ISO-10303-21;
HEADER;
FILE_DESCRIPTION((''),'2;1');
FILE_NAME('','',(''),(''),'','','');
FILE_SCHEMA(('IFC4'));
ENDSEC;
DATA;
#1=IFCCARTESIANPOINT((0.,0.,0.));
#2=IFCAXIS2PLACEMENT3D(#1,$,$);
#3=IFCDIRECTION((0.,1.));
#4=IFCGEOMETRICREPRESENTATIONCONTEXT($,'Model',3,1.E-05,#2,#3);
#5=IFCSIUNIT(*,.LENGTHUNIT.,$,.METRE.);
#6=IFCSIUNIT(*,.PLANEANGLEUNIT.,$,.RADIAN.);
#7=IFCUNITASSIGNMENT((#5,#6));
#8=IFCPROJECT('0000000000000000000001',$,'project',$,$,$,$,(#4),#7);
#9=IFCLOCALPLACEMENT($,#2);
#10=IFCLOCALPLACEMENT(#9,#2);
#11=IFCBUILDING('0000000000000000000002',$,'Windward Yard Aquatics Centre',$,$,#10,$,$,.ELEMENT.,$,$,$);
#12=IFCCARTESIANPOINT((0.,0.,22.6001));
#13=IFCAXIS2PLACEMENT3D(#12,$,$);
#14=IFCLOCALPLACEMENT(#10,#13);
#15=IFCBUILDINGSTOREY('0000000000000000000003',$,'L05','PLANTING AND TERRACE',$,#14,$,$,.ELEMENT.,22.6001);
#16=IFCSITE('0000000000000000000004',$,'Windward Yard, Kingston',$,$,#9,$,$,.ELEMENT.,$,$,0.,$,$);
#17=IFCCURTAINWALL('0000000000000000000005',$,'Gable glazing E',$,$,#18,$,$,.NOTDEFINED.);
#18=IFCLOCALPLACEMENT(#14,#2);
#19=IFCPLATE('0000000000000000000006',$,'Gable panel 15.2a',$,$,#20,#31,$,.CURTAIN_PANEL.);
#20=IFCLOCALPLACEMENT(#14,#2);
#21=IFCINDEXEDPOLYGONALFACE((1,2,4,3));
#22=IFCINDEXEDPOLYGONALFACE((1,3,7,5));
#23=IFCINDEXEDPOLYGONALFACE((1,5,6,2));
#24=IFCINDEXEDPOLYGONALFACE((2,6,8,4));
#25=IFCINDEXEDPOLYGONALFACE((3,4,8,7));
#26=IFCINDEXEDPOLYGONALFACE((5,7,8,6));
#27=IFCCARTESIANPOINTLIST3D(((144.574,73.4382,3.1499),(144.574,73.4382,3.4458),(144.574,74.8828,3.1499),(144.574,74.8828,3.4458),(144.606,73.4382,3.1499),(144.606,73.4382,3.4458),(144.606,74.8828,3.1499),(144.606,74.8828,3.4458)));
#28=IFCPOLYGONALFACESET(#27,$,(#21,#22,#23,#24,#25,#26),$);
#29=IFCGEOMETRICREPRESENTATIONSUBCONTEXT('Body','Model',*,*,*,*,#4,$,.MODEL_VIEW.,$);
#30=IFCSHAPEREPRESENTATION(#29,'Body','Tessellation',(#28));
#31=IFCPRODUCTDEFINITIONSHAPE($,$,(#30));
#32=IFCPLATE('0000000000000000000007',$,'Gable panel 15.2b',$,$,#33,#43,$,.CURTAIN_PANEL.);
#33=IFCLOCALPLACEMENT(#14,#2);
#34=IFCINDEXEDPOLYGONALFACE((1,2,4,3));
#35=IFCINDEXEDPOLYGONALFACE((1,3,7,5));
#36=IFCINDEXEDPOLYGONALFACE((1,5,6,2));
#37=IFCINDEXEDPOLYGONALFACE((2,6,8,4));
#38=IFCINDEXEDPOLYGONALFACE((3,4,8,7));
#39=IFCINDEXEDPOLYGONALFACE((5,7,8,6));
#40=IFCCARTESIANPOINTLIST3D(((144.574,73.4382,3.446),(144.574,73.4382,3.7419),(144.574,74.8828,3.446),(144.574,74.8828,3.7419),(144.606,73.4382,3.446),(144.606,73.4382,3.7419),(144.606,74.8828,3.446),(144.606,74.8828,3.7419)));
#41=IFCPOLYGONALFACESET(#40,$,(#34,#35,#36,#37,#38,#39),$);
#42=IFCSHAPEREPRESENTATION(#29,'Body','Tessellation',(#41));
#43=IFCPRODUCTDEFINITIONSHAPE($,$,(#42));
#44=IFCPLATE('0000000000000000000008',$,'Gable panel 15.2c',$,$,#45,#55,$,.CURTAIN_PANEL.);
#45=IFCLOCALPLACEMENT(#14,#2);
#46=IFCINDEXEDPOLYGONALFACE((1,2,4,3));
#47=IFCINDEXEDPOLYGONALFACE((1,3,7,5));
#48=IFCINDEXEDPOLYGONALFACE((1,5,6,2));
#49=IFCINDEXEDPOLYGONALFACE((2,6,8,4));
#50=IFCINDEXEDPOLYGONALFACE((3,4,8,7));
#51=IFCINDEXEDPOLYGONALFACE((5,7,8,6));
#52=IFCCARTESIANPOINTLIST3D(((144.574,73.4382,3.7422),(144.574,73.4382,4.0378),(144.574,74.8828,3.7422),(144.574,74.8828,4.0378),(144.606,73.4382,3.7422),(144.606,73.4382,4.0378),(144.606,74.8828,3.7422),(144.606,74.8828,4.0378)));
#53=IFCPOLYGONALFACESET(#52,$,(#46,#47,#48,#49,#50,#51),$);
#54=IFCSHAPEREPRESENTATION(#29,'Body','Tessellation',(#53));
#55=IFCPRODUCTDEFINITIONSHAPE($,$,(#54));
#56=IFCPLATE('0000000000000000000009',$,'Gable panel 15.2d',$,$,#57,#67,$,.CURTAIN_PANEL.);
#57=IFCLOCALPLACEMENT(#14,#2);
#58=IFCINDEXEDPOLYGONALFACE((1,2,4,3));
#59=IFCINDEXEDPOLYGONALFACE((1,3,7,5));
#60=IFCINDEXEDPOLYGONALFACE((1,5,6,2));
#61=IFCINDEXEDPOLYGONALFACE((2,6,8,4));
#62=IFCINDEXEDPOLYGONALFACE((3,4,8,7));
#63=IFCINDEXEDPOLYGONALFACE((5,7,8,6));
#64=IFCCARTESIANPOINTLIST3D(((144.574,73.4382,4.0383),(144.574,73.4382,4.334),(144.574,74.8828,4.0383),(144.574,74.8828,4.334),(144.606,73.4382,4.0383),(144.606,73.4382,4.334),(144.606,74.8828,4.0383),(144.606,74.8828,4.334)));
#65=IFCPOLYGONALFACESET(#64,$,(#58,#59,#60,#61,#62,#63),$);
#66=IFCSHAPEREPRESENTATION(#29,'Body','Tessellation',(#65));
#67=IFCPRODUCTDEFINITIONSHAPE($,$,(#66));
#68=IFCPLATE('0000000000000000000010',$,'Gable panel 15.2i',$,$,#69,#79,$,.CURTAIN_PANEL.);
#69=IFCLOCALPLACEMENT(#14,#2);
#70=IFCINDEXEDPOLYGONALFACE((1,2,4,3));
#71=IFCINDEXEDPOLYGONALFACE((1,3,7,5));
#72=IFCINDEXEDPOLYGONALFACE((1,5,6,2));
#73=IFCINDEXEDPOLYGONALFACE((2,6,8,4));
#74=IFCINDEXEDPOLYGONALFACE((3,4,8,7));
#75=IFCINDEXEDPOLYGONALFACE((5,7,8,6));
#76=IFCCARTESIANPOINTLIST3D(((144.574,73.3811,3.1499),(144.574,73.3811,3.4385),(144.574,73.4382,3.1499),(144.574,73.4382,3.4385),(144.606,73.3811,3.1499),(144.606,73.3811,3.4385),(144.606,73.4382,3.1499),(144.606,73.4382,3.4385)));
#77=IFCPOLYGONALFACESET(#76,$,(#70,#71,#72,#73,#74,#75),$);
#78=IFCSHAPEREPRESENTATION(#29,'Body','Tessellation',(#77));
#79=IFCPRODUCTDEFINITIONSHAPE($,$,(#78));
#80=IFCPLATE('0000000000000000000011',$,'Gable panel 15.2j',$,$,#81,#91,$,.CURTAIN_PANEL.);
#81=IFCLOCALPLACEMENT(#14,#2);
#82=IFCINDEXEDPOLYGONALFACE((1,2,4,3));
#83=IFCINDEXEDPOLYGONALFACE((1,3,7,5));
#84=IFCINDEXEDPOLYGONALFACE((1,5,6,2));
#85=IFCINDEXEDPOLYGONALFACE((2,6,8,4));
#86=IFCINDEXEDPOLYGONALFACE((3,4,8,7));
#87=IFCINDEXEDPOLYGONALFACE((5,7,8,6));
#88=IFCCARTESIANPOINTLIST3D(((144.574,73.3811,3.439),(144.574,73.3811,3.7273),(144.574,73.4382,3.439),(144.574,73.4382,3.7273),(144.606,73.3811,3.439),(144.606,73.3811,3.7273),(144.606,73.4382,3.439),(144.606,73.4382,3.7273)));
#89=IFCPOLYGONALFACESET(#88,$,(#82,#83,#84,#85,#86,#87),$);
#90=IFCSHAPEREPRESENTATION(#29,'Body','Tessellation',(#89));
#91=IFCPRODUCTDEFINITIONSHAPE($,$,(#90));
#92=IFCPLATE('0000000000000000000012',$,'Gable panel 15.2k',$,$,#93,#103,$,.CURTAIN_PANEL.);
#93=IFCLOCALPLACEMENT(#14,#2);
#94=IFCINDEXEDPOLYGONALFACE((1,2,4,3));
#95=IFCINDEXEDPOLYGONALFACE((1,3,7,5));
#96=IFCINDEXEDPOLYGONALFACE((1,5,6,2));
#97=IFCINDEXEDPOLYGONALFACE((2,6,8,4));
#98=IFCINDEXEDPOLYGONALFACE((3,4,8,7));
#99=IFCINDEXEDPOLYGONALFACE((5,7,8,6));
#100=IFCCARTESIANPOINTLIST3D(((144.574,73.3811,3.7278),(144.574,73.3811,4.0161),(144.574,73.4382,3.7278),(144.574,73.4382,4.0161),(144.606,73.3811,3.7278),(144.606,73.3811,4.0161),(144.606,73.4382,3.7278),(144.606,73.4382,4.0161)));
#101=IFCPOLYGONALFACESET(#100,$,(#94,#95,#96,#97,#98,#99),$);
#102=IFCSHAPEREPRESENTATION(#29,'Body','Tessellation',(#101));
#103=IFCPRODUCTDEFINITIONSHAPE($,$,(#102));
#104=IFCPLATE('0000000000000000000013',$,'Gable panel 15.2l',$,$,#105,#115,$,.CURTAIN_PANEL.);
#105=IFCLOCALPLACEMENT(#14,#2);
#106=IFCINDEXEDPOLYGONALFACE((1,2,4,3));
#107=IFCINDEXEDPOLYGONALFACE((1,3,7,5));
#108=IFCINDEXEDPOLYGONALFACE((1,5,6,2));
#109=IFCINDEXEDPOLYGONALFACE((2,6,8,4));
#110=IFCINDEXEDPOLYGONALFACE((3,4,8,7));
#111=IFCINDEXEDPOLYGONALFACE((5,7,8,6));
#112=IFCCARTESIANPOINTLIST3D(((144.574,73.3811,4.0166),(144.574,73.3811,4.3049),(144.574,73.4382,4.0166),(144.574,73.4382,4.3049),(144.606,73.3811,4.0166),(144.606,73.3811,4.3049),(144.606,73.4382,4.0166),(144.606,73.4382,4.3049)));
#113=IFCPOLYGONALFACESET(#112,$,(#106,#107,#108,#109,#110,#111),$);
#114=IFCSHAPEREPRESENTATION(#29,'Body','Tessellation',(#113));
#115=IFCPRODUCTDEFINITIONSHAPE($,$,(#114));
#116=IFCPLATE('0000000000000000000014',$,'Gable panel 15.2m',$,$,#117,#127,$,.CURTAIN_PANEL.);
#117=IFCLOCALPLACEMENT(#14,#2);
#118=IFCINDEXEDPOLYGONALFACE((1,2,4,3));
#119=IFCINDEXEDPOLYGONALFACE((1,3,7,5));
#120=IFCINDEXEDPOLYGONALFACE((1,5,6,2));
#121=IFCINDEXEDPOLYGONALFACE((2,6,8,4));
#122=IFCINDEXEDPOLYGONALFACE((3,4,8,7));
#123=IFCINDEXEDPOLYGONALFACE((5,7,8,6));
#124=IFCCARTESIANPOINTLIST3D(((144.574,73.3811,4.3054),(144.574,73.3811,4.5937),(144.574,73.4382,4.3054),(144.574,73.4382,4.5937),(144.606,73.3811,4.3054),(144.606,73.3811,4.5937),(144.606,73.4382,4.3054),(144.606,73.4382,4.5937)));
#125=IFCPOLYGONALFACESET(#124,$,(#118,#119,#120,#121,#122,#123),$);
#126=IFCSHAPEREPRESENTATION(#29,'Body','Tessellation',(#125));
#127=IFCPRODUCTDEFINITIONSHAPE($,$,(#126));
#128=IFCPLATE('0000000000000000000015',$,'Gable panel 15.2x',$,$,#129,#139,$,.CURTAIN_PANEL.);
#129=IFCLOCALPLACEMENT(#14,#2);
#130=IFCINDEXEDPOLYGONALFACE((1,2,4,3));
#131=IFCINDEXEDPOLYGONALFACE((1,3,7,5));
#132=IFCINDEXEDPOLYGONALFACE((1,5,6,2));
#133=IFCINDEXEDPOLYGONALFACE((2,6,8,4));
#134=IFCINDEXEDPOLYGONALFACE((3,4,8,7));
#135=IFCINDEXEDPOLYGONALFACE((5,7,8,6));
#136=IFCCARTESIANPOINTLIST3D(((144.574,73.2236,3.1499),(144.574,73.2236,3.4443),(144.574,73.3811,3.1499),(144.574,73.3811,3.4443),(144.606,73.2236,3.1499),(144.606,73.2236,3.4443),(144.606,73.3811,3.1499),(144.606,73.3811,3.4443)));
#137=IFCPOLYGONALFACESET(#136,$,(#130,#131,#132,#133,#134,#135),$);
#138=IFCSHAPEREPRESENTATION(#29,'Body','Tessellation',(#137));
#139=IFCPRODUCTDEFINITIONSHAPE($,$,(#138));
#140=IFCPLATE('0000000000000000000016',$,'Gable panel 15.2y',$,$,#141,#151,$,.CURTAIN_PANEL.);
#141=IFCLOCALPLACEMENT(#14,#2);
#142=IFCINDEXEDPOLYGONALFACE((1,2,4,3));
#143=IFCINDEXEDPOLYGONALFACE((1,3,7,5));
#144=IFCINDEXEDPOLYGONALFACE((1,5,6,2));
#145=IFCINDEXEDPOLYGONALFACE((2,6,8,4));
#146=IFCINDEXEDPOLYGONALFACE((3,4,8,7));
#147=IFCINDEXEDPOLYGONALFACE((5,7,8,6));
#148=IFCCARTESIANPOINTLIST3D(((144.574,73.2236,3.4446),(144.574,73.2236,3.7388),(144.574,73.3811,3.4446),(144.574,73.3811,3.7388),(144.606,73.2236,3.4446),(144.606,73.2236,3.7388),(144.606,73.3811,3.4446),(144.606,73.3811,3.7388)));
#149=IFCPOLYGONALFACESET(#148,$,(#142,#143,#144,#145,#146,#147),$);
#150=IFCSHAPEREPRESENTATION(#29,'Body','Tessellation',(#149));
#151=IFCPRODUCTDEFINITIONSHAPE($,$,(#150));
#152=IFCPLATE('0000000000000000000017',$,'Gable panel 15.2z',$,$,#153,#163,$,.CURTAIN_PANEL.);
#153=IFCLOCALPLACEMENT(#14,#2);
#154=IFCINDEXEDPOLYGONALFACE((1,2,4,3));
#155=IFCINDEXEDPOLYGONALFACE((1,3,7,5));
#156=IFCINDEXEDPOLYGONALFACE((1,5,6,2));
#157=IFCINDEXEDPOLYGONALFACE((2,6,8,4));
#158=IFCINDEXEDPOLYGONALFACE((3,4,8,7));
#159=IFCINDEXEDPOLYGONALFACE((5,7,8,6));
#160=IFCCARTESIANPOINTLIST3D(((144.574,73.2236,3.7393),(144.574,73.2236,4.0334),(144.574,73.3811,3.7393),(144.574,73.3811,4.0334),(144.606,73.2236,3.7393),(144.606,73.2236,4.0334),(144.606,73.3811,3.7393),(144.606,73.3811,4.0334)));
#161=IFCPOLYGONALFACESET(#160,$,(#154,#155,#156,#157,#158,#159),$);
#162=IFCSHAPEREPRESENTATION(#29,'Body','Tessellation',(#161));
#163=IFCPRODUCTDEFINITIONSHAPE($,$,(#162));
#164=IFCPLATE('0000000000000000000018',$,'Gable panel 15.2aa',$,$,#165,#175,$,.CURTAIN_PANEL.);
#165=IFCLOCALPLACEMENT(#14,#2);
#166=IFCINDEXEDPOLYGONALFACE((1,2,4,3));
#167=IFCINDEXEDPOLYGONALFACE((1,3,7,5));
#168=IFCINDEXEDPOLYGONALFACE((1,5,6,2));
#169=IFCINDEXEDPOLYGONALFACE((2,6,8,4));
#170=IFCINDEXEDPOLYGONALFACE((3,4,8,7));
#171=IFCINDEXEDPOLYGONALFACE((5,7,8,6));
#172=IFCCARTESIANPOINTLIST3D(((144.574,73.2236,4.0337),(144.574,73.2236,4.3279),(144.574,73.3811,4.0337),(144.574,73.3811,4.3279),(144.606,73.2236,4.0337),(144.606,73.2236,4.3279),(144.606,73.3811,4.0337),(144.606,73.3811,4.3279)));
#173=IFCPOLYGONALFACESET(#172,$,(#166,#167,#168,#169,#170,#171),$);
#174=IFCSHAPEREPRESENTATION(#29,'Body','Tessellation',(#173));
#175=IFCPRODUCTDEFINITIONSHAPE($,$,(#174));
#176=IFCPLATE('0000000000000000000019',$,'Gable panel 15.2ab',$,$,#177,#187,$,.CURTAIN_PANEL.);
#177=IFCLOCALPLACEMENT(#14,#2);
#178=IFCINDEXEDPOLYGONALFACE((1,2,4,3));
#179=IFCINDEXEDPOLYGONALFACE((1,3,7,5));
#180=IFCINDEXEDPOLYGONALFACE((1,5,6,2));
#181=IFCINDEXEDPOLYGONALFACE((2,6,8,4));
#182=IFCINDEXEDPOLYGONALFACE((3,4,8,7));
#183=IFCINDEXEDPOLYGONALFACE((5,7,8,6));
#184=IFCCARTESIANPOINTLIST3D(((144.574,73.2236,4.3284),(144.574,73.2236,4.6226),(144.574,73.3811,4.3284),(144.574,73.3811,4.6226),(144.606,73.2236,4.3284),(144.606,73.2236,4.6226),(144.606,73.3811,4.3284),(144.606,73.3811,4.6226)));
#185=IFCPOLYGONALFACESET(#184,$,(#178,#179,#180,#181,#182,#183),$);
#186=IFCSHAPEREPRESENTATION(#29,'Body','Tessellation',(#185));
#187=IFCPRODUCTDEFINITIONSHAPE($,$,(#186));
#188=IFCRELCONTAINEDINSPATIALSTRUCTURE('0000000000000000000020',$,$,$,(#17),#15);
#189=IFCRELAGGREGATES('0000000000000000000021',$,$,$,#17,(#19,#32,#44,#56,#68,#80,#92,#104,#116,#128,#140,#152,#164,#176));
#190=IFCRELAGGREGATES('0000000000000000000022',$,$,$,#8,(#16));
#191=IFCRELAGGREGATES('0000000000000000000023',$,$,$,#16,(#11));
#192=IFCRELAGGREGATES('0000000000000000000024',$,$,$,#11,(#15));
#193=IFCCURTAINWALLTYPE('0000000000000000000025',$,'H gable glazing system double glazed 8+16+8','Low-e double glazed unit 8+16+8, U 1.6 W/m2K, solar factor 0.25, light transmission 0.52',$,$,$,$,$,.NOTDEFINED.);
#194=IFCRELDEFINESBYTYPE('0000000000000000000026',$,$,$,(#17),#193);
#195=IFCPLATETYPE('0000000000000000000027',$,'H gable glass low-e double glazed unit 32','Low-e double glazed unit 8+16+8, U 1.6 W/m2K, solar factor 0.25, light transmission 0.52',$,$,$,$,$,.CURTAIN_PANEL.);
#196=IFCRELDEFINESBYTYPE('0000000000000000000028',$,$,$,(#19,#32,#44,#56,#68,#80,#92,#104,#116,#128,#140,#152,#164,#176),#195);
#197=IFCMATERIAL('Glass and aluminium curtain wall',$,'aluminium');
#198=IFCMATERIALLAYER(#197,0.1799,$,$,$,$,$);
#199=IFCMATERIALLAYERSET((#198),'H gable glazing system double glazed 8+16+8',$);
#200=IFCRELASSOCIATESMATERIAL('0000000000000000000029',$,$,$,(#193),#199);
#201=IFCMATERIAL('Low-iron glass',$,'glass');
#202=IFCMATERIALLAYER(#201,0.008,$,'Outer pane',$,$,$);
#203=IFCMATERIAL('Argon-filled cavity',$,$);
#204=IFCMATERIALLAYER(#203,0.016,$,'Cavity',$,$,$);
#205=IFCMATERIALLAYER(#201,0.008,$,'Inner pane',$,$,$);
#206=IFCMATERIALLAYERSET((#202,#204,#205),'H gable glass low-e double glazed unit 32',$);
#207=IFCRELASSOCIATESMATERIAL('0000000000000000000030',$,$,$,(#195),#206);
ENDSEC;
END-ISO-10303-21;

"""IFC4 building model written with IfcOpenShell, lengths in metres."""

from ifc_helpers import new_model, si_unit, direction, frame, origin, place, context, subcontext, project, spatial, polyline, outline, extrude, material, layer, layer_set, type_object, element, aggregate, save


model = new_model("IFC4")

# Units and contexts
model_context = context("Model", 3, precision=1e-05, world=origin(), true_north=direction((0.0, 1.0)))
body_context = subcontext(model_context, "Body", "Model", "MODEL_VIEW")
ifc_project = project(units=[si_unit("LENGTHUNIT", "METRE"), si_unit("PLANEANGLEUNIT", "RADIAN")], contexts=[model_context])

# Site, building, storey
site_placement = place(None, origin())
site = spatial("IfcSite", under=ifc_project, at=site_placement, Name="Windward Yard, Kingston", CompositionType="ELEMENT", RefElevation=0.0)
building_placement = place(site_placement, origin())
building = spatial("IfcBuilding", under=site, at=building_placement, Name="Windward Yard Aquatics Centre", CompositionType="ELEMENT")
storey_placement = place(building_placement, frame((0.0, 0.0, 22.6001)))
storey = spatial("IfcBuildingStorey", under=building, at=storey_placement, Name="L05", Description="PLANTING AND TERRACE", CompositionType="ELEMENT", Elevation=22.6001)

# Curtain wall, plates
ifc_material_1 = material(Name="Glass and aluminium curtain wall", Category="aluminium")
ifc_layer_1 = layer(ifc_material_1, 0.1799)
ifc_layer_set_1 = layer_set([ifc_layer_1], Name="H gable glazing system double glazed 8+16+8")
curtain_wall_type = type_object("IfcCurtainWallType", Name="H gable glazing system double glazed 8+16+8", Description="Low-e double glazed unit 8+16+8, U 1.6 W/m2K, solar factor 0.25, light transmission 0.52", PredefinedType="NOTDEFINED", material=ifc_layer_set_1)
curtain_wall_placement = place(storey_placement, origin())
curtain_wall = element("IfcCurtainWall", 1, at=curtain_wall_placement, inside=storey, type_object=curtain_wall_type, Name="Gable glazing E", PredefinedType="NOTDEFINED")
ifc_material_2 = material(Name="Low-iron glass", Category="glass")
ifc_layer_2 = layer(ifc_material_2, 0.008, Name="Outer pane")
ifc_material_3 = material(Name="Argon-filled cavity")
ifc_layer_3 = layer(ifc_material_3, 0.016, Name="Cavity")
ifc_layer_4 = layer(ifc_material_2, 0.008, Name="Inner pane")
ifc_layer_set_2 = layer_set([ifc_layer_2, ifc_layer_3, ifc_layer_4], Name="H gable glass low-e double glazed unit 32")
plate_type = type_object("IfcPlateType", Name="H gable glass low-e double glazed unit 32", Description="Low-e double glazed unit 8+16+8, U 1.6 W/m2K, solar factor 0.25, light transmission 0.52", PredefinedType="CURTAIN_PANEL", material=ifc_layer_set_2)
plate_1_placement = place(storey_placement, frame((144.606, 73.4382, 3.1499), z_axis=(1.0, 0.0, 0.0), x_axis=(0.0, 1.0, 0.0)))
plate_1 = element("IfcPlate", 2, at=plate_1_placement, type_object=plate_type, Name="Gable panel 15.2a", PredefinedType="CURTAIN_PANEL", context=body_context, shape_type="SweptSolid", body=[
    extrude(outline(polyline([(0.0, 0.0), (1.4446, 0.0), (1.4446, 0.2959), (0.0, 0.2959), (0.0, 0.0)])), origin(), (0.0, 0.0, -1.0), 0.032),
])
plate_2_placement = place(storey_placement, frame((144.606, 73.4382, 3.446), z_axis=(1.0, 0.0, 0.0), x_axis=(0.0, 1.0, 0.0)))
plate_2 = element("IfcPlate", 3, at=plate_2_placement, type_object=plate_type, Name="Gable panel 15.2b", PredefinedType="CURTAIN_PANEL", context=body_context, shape_type="SweptSolid", body=[
    extrude(outline(polyline([(0.0, 0.0), (1.4446, 0.0), (1.4446, 0.2959), (0.0, 0.2959), (0.0, 0.0)])), origin(), (0.0, 0.0, -1.0), 0.032),
])
plate_3_placement = place(storey_placement, frame((144.606, 73.4382, 3.7422), z_axis=(1.0, 0.0, 0.0), x_axis=(0.0, 1.0, 0.0)))
plate_3 = element("IfcPlate", 4, at=plate_3_placement, type_object=plate_type, Name="Gable panel 15.2c", PredefinedType="CURTAIN_PANEL", context=body_context, shape_type="SweptSolid", body=[
    extrude(outline(polyline([(0.0, 0.0), (1.4446, 0.0), (1.4446, 0.2957), (0.0, 0.2957), (0.0, 0.0)])), origin(), (0.0, 0.0, -1.0), 0.032),
])
plate_4_placement = place(storey_placement, frame((144.606, 73.4382, 4.0383), z_axis=(1.0, 0.0, 0.0), x_axis=(0.0, 1.0, 0.0)))
plate_4 = element("IfcPlate", 5, at=plate_4_placement, type_object=plate_type, Name="Gable panel 15.2d", PredefinedType="CURTAIN_PANEL", context=body_context, shape_type="SweptSolid", body=[
    extrude(outline(polyline([(0.0, 0.0), (1.4446, 0.0), (1.4446, 0.2957), (0.0, 0.2957), (0.0, 0.0)])), origin(), (0.0, 0.0, -1.0), 0.032),
])
plate_5_placement = place(storey_placement, frame((144.606, 73.3811, 3.1499), z_axis=(1.0, 0.0, 0.0), x_axis=(0.0, 1.0, 0.0)))
plate_5 = element("IfcPlate", 6, at=plate_5_placement, type_object=plate_type, Name="Gable panel 15.2i", PredefinedType="CURTAIN_PANEL", context=body_context, shape_type="SweptSolid", body=[
    extrude(outline(polyline([(0.0, 0.0), (0.0571, 0.0), (0.0571, 0.2886), (0.0, 0.2886), (0.0, 0.0)])), origin(), (0.0, 0.0, -1.0), 0.032),
])
plate_6_placement = place(storey_placement, frame((144.606, 73.3811, 3.439), z_axis=(1.0, 0.0, 0.0), x_axis=(0.0, 1.0, 0.0)))
plate_6 = element("IfcPlate", 7, at=plate_6_placement, type_object=plate_type, Name="Gable panel 15.2j", PredefinedType="CURTAIN_PANEL", context=body_context, shape_type="SweptSolid", body=[
    extrude(outline(polyline([(0.0, 0.0), (0.0571, 0.0), (0.0571, 0.2883), (0.0, 0.2883), (0.0, 0.0)])), origin(), (0.0, 0.0, -1.0), 0.032),
])
plate_7_placement = place(storey_placement, frame((144.606, 73.3811, 3.7278), z_axis=(1.0, 0.0, 0.0), x_axis=(0.0, 1.0, 0.0)))
plate_7 = element("IfcPlate", 8, at=plate_7_placement, type_object=plate_type, Name="Gable panel 15.2k", PredefinedType="CURTAIN_PANEL", context=body_context, shape_type="SweptSolid", body=[
    extrude(outline(polyline([(0.0, 0.0), (0.0571, 0.0), (0.0571, 0.2883), (0.0, 0.2883), (0.0, 0.0)])), origin(), (0.0, 0.0, -1.0), 0.032),
])
plate_8_placement = place(storey_placement, frame((144.606, 73.3811, 4.0166), z_axis=(1.0, 0.0, 0.0), x_axis=(0.0, 1.0, 0.0)))
plate_8 = element("IfcPlate", 9, at=plate_8_placement, type_object=plate_type, Name="Gable panel 15.2l", PredefinedType="CURTAIN_PANEL", context=body_context, shape_type="SweptSolid", body=[
    extrude(outline(polyline([(0.0, 0.0), (0.0571, 0.0), (0.0571, 0.2883), (0.0, 0.2883), (0.0, 0.0)])), origin(), (0.0, 0.0, -1.0), 0.032),
])
plate_9_placement = place(storey_placement, frame((144.606, 73.3811, 4.3054), z_axis=(1.0, 0.0, 0.0), x_axis=(0.0, 1.0, 0.0)))
plate_9 = element("IfcPlate", 10, at=plate_9_placement, type_object=plate_type, Name="Gable panel 15.2m", PredefinedType="CURTAIN_PANEL", context=body_context, shape_type="SweptSolid", body=[
    extrude(outline(polyline([(0.0, 0.0), (0.0571, 0.0), (0.0571, 0.2883), (0.0, 0.2883), (0.0, 0.0)])), origin(), (0.0, 0.0, -1.0), 0.032),
])
plate_10_placement = place(storey_placement, frame((144.606, 73.2236, 3.1499), z_axis=(1.0, 0.0, 0.0), x_axis=(0.0, 1.0, 0.0)))
plate_10 = element("IfcPlate", 11, at=plate_10_placement, type_object=plate_type, Name="Gable panel 15.2x", PredefinedType="CURTAIN_PANEL", context=body_context, shape_type="SweptSolid", body=[
    extrude(outline(polyline([(0.0, 0.0), (0.1575, 0.0), (0.1575, 0.2944), (0.0, 0.2944), (0.0, 0.0)])), origin(), (0.0, 0.0, -1.0), 0.032),
])
plate_11_placement = place(storey_placement, frame((144.606, 73.2236, 3.4446), z_axis=(1.0, 0.0, 0.0), x_axis=(0.0, 1.0, 0.0)))
plate_11 = element("IfcPlate", 12, at=plate_11_placement, type_object=plate_type, Name="Gable panel 15.2y", PredefinedType="CURTAIN_PANEL", context=body_context, shape_type="SweptSolid", body=[
    extrude(outline(polyline([(0.0, 0.0), (0.1575, 0.0), (0.1575, 0.2942), (0.0, 0.2942), (0.0, 0.0)])), origin(), (0.0, 0.0, -1.0), 0.032),
])
plate_12_placement = place(storey_placement, frame((144.606, 73.2236, 3.7393), z_axis=(1.0, 0.0, 0.0), x_axis=(0.0, 1.0, 0.0)))
plate_12 = element("IfcPlate", 13, at=plate_12_placement, type_object=plate_type, Name="Gable panel 15.2z", PredefinedType="CURTAIN_PANEL", context=body_context, shape_type="SweptSolid", body=[
    extrude(outline(polyline([(0.0, 0.0), (0.1575, 0.0), (0.1575, 0.2942), (0.0, 0.2942), (0.0, 0.0)])), origin(), (0.0, 0.0, -1.0), 0.032),
])
plate_13_placement = place(storey_placement, frame((144.606, 73.2236, 4.0337), z_axis=(1.0, 0.0, 0.0), x_axis=(0.0, 1.0, 0.0)))
plate_13 = element("IfcPlate", 14, at=plate_13_placement, type_object=plate_type, Name="Gable panel 15.2aa", PredefinedType="CURTAIN_PANEL", context=body_context, shape_type="SweptSolid", body=[
    extrude(outline(polyline([(0.0, 0.0), (0.1575, 0.0), (0.1575, 0.2942), (0.0, 0.2942), (0.0, 0.0)])), origin(), (0.0, 0.0, -1.0), 0.032),
])
plate_14_placement = place(storey_placement, frame((144.606, 73.2236, 4.3284), z_axis=(1.0, 0.0, 0.0), x_axis=(0.0, 1.0, 0.0)))
plate_14 = element("IfcPlate", 15, at=plate_14_placement, type_object=plate_type, Name="Gable panel 15.2ab", PredefinedType="CURTAIN_PANEL", context=body_context, shape_type="SweptSolid", body=[
    extrude(outline(polyline([(0.0, 0.0), (0.1575, 0.0), (0.1575, 0.2942), (0.0, 0.2942), (0.0, 0.0)])), origin(), (0.0, 0.0, -1.0), 0.032),
])
aggregate(curtain_wall, [plate_1, plate_2, plate_3, plate_4, plate_5, plate_6, plate_7, plate_8, plate_9, plate_10, plate_11, plate_12, plate_13, plate_14])

save(model, "model.ifc")
